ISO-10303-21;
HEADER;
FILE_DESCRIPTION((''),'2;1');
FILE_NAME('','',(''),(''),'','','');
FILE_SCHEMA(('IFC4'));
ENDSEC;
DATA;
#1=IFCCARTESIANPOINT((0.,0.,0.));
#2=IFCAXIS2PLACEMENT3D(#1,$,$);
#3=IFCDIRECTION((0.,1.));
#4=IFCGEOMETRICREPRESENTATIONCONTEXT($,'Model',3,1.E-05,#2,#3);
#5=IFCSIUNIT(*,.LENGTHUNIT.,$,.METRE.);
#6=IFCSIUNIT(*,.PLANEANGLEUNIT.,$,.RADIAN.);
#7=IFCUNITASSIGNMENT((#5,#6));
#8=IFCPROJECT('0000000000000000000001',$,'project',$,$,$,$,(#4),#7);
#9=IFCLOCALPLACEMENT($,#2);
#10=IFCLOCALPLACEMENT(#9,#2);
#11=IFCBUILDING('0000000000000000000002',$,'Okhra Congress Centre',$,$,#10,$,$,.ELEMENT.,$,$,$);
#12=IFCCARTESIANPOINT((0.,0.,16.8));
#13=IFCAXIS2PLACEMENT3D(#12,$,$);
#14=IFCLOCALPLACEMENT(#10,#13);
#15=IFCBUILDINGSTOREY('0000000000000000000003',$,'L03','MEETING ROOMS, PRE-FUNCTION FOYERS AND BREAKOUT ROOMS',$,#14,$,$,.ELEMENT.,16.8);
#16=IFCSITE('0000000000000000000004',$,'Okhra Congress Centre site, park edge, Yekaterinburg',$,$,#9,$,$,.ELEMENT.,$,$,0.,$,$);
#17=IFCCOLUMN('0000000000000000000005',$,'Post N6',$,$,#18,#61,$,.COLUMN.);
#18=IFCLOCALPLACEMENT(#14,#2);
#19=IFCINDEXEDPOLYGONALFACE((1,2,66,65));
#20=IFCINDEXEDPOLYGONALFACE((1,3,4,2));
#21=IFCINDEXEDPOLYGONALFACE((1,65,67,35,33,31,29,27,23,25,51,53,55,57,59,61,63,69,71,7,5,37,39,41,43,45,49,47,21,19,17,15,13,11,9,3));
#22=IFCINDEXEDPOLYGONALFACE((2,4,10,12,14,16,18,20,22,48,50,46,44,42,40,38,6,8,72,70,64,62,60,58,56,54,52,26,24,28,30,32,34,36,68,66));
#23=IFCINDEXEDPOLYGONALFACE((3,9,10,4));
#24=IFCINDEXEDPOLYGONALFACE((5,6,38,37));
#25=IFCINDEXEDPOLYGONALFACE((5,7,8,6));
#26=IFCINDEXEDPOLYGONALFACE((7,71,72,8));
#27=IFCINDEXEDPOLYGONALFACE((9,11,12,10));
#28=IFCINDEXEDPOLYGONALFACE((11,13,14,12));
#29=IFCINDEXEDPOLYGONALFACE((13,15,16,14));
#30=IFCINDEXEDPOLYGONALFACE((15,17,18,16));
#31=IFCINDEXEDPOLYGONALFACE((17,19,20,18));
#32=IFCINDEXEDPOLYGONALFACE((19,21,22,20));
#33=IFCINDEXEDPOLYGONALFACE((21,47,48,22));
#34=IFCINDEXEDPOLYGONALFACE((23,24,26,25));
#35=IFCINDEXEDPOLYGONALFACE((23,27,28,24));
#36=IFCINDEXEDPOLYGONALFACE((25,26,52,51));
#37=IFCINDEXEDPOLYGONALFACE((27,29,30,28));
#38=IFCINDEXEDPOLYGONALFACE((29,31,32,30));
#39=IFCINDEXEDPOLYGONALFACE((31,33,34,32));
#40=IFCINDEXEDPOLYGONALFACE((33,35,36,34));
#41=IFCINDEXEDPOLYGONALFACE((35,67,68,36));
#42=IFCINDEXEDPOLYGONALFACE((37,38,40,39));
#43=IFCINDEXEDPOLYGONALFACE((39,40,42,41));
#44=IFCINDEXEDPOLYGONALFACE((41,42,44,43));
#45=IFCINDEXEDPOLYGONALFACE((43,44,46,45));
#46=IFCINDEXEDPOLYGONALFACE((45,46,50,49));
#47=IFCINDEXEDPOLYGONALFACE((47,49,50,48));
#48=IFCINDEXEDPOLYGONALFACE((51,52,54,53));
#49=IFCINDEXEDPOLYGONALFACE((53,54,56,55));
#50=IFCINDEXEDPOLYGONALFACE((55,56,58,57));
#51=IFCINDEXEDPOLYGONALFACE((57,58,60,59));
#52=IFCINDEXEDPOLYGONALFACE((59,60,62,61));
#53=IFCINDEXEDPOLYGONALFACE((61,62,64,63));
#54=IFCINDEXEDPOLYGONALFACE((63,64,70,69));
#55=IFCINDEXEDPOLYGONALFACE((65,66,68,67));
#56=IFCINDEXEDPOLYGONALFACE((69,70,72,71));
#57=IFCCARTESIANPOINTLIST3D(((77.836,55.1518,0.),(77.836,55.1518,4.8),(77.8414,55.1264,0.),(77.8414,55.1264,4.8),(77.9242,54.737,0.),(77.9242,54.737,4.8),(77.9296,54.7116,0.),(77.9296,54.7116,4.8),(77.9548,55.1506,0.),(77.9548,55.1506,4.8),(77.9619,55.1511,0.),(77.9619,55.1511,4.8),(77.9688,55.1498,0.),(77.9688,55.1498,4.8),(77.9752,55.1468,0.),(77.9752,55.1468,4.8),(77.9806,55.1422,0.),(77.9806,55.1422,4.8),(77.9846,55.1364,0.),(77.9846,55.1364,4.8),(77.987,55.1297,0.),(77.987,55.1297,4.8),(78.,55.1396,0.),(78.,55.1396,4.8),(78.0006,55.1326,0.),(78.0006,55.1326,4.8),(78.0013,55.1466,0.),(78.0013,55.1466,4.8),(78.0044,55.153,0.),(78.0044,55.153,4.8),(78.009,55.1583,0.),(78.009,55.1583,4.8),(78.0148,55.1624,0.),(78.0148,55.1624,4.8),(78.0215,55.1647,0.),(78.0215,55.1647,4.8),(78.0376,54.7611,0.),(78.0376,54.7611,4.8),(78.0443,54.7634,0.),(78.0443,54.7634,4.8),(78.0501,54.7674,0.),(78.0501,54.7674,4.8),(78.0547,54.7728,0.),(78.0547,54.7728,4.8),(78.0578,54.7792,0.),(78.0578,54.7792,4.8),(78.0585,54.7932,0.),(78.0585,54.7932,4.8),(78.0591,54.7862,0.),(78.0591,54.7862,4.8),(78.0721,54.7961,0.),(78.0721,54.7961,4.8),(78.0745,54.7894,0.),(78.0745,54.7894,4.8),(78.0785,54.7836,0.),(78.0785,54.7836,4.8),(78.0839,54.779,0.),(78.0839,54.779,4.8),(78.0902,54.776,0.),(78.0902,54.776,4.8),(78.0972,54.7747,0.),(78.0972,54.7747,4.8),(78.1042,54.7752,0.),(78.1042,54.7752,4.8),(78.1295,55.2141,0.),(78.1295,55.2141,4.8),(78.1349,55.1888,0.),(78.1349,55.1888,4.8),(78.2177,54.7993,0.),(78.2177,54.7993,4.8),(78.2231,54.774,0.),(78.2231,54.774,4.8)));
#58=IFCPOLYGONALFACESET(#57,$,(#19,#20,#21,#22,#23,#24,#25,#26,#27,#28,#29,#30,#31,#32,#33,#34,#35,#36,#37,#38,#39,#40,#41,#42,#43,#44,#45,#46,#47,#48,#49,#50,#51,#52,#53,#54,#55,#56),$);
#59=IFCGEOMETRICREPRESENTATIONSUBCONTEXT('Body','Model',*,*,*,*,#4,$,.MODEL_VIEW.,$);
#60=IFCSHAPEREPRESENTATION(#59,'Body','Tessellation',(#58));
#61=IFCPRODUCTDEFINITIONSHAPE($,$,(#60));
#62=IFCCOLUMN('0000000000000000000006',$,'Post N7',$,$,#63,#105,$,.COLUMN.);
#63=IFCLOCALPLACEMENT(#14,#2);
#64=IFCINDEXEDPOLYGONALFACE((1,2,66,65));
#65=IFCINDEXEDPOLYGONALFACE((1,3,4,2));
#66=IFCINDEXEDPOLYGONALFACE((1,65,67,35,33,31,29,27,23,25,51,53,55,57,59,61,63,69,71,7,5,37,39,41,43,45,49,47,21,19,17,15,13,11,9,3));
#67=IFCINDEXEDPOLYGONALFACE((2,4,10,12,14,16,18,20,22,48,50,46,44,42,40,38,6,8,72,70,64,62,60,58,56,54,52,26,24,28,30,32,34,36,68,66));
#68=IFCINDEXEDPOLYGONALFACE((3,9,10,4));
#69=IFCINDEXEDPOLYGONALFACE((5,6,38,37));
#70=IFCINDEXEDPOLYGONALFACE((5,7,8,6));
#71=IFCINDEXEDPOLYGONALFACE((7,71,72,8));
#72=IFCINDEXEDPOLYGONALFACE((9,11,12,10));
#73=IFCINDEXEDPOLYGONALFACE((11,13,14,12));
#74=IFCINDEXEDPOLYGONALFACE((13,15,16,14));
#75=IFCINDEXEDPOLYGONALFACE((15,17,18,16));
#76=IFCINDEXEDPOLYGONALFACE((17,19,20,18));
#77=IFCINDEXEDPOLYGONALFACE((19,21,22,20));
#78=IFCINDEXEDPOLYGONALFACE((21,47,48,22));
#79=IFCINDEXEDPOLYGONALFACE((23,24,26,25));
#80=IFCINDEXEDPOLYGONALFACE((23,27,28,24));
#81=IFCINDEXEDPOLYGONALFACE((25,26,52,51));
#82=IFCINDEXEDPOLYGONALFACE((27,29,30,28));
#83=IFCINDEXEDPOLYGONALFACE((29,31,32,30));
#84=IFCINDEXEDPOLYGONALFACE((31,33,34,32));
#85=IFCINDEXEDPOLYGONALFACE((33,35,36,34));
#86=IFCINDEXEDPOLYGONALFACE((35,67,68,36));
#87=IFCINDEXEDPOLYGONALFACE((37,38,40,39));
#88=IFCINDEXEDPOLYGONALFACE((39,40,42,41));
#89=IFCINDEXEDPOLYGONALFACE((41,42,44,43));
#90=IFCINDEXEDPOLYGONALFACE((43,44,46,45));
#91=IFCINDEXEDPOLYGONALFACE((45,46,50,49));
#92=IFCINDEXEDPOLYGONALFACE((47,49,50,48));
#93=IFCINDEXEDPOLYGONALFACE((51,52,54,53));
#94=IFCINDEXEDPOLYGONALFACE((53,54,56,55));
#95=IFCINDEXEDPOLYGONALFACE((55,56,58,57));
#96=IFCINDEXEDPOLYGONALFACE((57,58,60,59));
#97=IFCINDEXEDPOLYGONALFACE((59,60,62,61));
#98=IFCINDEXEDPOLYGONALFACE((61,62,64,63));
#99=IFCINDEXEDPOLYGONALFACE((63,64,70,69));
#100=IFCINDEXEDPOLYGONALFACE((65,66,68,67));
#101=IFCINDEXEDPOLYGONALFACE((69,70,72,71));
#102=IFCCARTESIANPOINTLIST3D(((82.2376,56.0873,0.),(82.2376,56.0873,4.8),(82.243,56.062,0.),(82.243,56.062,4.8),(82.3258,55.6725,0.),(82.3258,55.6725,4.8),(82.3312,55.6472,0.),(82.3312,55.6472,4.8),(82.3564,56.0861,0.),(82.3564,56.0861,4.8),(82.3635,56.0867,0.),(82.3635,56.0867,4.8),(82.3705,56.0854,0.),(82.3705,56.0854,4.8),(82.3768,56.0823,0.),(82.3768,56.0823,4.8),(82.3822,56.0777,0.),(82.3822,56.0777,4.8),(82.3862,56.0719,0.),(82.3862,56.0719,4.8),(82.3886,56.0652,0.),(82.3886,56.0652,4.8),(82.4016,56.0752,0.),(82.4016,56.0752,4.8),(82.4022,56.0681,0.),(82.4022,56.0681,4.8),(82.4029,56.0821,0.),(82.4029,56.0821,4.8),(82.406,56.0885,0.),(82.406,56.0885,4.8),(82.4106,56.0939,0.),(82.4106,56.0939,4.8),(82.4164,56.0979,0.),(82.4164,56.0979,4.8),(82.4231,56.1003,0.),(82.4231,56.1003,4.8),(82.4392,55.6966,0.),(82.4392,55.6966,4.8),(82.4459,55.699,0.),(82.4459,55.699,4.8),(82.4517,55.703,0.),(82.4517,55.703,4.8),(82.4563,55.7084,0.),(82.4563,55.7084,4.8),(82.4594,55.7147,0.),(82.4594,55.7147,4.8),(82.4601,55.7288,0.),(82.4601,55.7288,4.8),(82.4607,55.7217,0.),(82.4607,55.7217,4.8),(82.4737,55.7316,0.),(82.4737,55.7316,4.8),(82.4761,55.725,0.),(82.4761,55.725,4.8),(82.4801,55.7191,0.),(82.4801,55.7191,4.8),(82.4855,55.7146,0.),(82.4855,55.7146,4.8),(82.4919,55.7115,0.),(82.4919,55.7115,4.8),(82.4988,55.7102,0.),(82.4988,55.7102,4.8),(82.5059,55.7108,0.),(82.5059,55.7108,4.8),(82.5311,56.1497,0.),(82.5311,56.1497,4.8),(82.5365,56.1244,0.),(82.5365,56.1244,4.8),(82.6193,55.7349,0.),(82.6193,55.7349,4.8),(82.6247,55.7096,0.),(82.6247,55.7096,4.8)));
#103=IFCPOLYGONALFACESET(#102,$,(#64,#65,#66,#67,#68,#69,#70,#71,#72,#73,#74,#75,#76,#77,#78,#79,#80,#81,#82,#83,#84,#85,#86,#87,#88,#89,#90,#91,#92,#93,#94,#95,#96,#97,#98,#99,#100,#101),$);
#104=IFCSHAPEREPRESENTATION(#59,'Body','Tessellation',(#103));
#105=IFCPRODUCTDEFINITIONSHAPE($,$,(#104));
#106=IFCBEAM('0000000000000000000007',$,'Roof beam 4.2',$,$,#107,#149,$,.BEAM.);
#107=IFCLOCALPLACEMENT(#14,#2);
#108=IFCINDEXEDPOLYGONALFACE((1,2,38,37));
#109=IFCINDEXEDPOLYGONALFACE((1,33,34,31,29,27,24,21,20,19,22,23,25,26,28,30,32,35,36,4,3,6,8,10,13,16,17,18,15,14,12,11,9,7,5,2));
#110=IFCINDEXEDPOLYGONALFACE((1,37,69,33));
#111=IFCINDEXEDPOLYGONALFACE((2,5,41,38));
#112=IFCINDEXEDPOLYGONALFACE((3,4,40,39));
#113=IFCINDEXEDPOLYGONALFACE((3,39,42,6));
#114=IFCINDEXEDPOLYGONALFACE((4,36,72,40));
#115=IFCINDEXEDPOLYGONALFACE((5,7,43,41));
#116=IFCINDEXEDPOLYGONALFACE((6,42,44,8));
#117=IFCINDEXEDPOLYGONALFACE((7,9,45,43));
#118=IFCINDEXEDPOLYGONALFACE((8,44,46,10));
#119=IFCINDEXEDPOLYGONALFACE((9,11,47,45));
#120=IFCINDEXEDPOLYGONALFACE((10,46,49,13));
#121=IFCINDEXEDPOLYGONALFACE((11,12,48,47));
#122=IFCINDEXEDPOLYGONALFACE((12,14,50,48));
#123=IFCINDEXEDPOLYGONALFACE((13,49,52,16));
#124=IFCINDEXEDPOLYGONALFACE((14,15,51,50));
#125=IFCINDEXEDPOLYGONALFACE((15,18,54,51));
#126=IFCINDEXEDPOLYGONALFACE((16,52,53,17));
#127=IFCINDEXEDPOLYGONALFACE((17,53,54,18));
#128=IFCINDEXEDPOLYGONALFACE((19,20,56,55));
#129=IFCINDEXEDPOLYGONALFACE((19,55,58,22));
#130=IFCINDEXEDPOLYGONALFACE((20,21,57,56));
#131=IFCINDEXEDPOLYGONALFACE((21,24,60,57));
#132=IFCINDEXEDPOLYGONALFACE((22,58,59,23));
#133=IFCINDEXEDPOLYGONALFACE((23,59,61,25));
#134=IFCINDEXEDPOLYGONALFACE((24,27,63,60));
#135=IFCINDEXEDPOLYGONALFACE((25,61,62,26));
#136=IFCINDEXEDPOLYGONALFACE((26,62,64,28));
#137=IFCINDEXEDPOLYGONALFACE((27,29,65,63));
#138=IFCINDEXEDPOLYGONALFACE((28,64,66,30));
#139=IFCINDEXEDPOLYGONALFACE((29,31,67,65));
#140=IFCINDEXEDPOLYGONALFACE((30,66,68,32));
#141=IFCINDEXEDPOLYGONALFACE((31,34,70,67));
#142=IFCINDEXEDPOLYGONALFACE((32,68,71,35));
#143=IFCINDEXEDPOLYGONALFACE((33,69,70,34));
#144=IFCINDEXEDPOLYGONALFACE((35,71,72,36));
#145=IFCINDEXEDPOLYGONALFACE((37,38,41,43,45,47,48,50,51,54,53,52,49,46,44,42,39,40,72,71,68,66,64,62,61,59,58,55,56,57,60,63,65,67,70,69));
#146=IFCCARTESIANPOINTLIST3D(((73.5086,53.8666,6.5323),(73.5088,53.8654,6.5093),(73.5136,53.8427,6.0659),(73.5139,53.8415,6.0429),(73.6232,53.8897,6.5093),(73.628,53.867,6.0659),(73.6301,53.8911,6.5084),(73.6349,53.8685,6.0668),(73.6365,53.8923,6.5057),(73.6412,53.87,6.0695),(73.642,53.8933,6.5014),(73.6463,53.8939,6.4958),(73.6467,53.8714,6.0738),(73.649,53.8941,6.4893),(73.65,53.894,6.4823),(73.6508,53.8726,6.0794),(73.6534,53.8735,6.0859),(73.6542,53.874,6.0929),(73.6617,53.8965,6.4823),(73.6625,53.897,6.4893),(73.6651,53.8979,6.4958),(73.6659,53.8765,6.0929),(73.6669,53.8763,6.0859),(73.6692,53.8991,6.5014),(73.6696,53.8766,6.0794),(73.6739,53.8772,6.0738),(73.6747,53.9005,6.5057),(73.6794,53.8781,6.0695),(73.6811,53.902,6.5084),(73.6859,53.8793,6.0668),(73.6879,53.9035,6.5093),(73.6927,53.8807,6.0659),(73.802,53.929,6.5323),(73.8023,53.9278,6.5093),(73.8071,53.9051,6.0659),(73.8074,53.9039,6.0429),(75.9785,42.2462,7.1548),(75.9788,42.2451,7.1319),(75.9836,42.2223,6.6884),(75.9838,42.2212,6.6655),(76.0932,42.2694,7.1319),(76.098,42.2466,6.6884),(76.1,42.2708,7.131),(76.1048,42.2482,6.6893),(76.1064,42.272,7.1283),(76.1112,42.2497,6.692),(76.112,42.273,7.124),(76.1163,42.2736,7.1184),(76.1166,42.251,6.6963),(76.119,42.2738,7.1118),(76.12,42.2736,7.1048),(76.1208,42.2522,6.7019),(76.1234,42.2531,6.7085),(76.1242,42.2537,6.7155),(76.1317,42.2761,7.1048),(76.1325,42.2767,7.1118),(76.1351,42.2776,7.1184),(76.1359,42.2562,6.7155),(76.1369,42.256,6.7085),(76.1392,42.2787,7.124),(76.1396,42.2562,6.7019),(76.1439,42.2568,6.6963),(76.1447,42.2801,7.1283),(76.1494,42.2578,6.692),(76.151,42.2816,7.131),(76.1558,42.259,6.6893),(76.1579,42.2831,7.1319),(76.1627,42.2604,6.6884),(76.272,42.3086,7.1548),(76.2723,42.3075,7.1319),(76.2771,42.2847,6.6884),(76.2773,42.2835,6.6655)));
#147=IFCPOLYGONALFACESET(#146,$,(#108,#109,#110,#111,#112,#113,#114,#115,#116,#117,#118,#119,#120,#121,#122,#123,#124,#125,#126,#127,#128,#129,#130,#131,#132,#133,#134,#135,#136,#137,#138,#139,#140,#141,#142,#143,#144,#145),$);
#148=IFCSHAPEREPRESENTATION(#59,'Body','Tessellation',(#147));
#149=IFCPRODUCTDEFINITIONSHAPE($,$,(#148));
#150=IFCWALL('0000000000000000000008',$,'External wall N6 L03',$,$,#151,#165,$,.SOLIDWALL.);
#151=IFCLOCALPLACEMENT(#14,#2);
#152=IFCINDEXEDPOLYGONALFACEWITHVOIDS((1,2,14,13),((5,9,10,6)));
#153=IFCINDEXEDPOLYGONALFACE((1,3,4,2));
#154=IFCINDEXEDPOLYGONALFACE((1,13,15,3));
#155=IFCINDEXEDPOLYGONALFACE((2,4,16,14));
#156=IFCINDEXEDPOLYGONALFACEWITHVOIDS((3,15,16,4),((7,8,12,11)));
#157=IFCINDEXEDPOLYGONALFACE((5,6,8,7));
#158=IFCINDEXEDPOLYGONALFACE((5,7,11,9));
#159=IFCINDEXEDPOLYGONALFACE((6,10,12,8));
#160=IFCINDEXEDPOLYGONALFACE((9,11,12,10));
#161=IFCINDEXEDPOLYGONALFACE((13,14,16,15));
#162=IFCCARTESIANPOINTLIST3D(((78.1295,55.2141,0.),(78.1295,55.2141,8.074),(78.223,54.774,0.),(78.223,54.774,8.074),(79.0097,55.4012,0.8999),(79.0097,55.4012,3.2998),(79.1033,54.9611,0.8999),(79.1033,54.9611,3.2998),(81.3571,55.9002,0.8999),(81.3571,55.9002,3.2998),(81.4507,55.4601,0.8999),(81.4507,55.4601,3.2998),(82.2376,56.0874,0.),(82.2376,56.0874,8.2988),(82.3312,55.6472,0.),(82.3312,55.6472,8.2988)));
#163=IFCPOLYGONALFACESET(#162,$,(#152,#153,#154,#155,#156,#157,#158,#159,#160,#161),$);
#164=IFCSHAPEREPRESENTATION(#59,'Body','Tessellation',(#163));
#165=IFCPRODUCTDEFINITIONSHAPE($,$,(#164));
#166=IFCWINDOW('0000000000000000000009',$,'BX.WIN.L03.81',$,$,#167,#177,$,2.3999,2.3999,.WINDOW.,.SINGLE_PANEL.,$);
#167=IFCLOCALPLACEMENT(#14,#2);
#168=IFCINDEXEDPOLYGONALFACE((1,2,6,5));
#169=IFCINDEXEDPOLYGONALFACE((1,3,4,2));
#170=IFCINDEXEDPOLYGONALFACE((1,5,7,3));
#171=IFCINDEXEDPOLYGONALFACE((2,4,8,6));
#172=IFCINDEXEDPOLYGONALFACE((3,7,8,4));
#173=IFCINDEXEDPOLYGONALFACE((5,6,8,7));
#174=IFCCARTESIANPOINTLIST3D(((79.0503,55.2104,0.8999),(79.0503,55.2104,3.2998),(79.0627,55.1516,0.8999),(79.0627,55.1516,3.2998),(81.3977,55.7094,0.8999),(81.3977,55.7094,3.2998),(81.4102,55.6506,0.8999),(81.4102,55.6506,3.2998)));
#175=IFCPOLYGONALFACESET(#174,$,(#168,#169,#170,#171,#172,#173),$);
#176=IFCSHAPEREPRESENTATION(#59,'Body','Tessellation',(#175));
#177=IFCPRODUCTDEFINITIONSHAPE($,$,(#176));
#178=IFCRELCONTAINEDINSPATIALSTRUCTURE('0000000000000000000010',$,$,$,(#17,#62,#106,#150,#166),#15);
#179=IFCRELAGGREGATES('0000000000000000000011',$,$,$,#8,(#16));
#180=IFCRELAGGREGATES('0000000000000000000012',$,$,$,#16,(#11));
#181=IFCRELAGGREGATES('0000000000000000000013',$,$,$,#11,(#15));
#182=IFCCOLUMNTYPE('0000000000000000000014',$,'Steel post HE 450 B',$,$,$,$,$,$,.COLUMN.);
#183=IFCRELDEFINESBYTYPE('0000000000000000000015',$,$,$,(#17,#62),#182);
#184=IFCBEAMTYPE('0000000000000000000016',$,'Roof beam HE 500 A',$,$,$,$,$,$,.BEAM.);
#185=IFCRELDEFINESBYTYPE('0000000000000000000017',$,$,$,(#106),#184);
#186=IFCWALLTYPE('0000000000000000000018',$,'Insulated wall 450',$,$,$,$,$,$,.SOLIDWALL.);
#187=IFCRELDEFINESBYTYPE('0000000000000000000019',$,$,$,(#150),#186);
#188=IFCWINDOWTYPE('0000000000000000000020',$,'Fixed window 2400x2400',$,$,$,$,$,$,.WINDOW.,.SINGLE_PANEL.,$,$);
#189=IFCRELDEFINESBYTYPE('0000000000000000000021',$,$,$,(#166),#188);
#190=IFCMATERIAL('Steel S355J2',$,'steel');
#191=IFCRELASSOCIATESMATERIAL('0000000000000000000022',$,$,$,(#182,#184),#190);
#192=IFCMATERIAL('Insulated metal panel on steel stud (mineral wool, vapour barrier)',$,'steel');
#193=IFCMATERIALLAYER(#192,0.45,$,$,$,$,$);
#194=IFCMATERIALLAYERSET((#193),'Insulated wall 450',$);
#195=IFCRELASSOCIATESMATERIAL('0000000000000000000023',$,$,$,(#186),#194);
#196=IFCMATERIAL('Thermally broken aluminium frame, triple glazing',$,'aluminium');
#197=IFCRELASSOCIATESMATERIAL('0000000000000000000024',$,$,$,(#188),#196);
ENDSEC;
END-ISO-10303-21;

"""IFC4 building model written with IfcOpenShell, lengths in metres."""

from ifc_helpers import new_model, si_unit, direction, frame, frame_2d, origin, origin_2d, place, context, subcontext, project, spatial, polyline, rectangle, i_section, outline, extrude, material, layer, layer_set, material_profile, profile_set, type_object, element, fill, save


model = new_model("IFC4")

# Units and contexts
model_context = context("Model", 3, precision=1e-05, world=origin(), true_north=direction((0.0, 1.0)))
body_context = subcontext(model_context, "Body", "Model", "MODEL_VIEW")
ifc_project = project(units=[si_unit("LENGTHUNIT", "METRE"), si_unit("PLANEANGLEUNIT", "RADIAN")], contexts=[model_context])

# Site, building, storey
site_placement = place(None, origin())
site = spatial("IfcSite", under=ifc_project, at=site_placement, Name="Okhra Congress Centre site, park edge, Yekaterinburg", CompositionType="ELEMENT", RefElevation=0.0)
building_placement = place(site_placement, origin())
building = spatial("IfcBuilding", under=site, at=building_placement, Name="Okhra Congress Centre", CompositionType="ELEMENT")
storey_placement = place(building_placement, frame((0.0, 0.0, 16.8)))
storey = spatial("IfcBuildingStorey", under=building, at=storey_placement, Name="L03", Description="MEETING ROOMS, PRE-FUNCTION FOYERS AND BREAKOUT ROOMS", CompositionType="ELEMENT", Elevation=16.8)

# Columns
ifc_material_1 = material(Name="Steel S355J2", Category="steel")
ifc_material_profile_1 = material_profile(ifc_material_1, i_section(OverallWidth=0.3, OverallDepth=0.45, WebThickness=0.0139, FlangeThickness=0.0259, FilletRadius=0.0271, at=origin_2d()), Name="HE 450 B")
ifc_profile_set_1 = profile_set([ifc_material_profile_1], Name="Steel S355J2")
column_type = type_object("IfcColumnType", Name="Steel post HE 450 B", PredefinedType="COLUMN", material=ifc_profile_set_1)
for number, where, z_axis, x_axis, name in (
    (1, (78.0295, 54.9629, 0.0), (0.0, 0.0, 1.0), (0.978148, 0.207912, 0.0), "Post N6"),
    (2, (82.4312, 55.8984, 0.0), (0.0, 0.0, 1.0), (0.978148, 0.207912, 0.0), "Post N7"),
):
    element("IfcColumn", number, at=place(storey_placement, frame(where, z_axis=z_axis, x_axis=x_axis)), inside=storey, type_object=column_type, Name=name, PredefinedType="COLUMN", context=body_context, shape_type="SweptSolid", body=[
        extrude(i_section(OverallWidth=0.3, OverallDepth=0.45, WebThickness=0.0139, FlangeThickness=0.0259, FilletRadius=0.0271, at=origin_2d()), origin(), (0.0, 0.0, 1.0), 4.8),
    ])

# Beam
ifc_material_profile_2 = material_profile(ifc_material_1, i_section(OverallWidth=0.3, OverallDepth=0.49, WebThickness=0.012, FlangeThickness=0.0229, FilletRadius=0.0271, at=origin_2d()), Name="HE 500 A")
ifc_profile_set_2 = profile_set([ifc_material_profile_2], Name="Steel S355J2")
beam_type = type_object("IfcBeamType", Name="Roof beam HE 500 A", PredefinedType="BEAM", material=ifc_profile_set_2)
beam_placement = place(storey_placement, frame((76.1279, 42.2649, 6.9102), z_axis=(-0.207626, 0.976808, -0.052332), x_axis=(-0.978148, -0.207911, 0.0)))
element("IfcBeam", 3, at=beam_placement, inside=storey, type_object=beam_type, Name="Roof beam 4.2", PredefinedType="BEAM", context=body_context, shape_type="SweptSolid", body=[
    extrude(i_section(OverallWidth=0.3, OverallDepth=0.49, WebThickness=0.012, FlangeThickness=0.0229, FilletRadius=0.0271, at=origin_2d()), origin(), (0.0, 0.0, 1.0), 11.8962),
])

# Wall, opening, window
ifc_material_2 = material(Name="Insulated metal panel on steel stud (mineral wool, vapour barrier)", Category="steel")
ifc_layer_1 = layer(ifc_material_2, 0.45)
ifc_layer_set_1 = layer_set([ifc_layer_1], Name="Insulated wall 450")
wall_type_1 = type_object("IfcWallType", Name="Insulated wall 450", PredefinedType="SOLIDWALL", material=ifc_layer_set_1)
wall_1_placement = place(storey_placement, frame((78.1763, 54.9939, 0.0), z_axis=(0.0, 0.0, 1.0), x_axis=(0.978144, 0.207929, 0.0)))
wall_1 = element("IfcWall", 4, at=wall_1_placement, inside=storey, type_object=wall_type_1, Name="External wall N6 L03", PredefinedType="SOLIDWALL", context=body_context, shape_type="SweptSolid", body=[
    extrude(outline(polyline([(0.0, 0.0), (4.2, 0.0), (4.2, 8.2988), (0.0, 8.074), (0.0, 0.0)])), frame((0.0, 0.2251, 0.0), z_axis=(0.0, -1.0, 0.0), x_axis=(1.0, 0.0, 0.0)), (0.0, 0.0, 1.0), 0.45),
])
opening_1_placement = place(wall_1_placement, frame((0.8999, 0.0, 0.8999)))
opening_1 = element("IfcOpeningElement", 5, at=opening_1_placement, cuts=wall_1, PredefinedType="OPENING", context=body_context, shape_type="SweptSolid", body=[
    extrude(rectangle(XDim=2.3999, YDim=2.3999, at=frame_2d((1.2, 1.2))), frame((0.0, 0.2349, 0.0), z_axis=(0.0, -1.0, 0.0), x_axis=(1.0, 0.0, 0.0)), (0.0, 0.0, 1.0), 0.47),
])
ifc_material_3 = material(Name="Thermally broken aluminium frame, triple glazing", Category="aluminium")
window_type = type_object("IfcWindowType", Name="Fixed window 2400x2400", PartitioningType="SINGLE_PANEL", PredefinedType="WINDOW", material=ifc_material_3)
window_1_placement = place(opening_1_placement, origin())
window_1 = element("IfcWindow", 6, at=window_1_placement, inside=storey, type_object=window_type, Name="BX.WIN.L03.81", OverallHeight=2.3999, OverallWidth=2.3999, PartitioningType="SINGLE_PANEL", PredefinedType="WINDOW", context=body_context, shape_type="SweptSolid", body=[
    extrude(rectangle(XDim=2.3999, YDim=2.3999, at=frame_2d((1.2, 1.2))), frame((0.0, 0.03, 0.0), z_axis=(0.0, -1.0, 0.0), x_axis=(1.0, 0.0, 0.0)), (0.0, 0.0, 1.0), 0.0601),
])
fill(opening_1, window_1)

save(model, "model.ifc")
